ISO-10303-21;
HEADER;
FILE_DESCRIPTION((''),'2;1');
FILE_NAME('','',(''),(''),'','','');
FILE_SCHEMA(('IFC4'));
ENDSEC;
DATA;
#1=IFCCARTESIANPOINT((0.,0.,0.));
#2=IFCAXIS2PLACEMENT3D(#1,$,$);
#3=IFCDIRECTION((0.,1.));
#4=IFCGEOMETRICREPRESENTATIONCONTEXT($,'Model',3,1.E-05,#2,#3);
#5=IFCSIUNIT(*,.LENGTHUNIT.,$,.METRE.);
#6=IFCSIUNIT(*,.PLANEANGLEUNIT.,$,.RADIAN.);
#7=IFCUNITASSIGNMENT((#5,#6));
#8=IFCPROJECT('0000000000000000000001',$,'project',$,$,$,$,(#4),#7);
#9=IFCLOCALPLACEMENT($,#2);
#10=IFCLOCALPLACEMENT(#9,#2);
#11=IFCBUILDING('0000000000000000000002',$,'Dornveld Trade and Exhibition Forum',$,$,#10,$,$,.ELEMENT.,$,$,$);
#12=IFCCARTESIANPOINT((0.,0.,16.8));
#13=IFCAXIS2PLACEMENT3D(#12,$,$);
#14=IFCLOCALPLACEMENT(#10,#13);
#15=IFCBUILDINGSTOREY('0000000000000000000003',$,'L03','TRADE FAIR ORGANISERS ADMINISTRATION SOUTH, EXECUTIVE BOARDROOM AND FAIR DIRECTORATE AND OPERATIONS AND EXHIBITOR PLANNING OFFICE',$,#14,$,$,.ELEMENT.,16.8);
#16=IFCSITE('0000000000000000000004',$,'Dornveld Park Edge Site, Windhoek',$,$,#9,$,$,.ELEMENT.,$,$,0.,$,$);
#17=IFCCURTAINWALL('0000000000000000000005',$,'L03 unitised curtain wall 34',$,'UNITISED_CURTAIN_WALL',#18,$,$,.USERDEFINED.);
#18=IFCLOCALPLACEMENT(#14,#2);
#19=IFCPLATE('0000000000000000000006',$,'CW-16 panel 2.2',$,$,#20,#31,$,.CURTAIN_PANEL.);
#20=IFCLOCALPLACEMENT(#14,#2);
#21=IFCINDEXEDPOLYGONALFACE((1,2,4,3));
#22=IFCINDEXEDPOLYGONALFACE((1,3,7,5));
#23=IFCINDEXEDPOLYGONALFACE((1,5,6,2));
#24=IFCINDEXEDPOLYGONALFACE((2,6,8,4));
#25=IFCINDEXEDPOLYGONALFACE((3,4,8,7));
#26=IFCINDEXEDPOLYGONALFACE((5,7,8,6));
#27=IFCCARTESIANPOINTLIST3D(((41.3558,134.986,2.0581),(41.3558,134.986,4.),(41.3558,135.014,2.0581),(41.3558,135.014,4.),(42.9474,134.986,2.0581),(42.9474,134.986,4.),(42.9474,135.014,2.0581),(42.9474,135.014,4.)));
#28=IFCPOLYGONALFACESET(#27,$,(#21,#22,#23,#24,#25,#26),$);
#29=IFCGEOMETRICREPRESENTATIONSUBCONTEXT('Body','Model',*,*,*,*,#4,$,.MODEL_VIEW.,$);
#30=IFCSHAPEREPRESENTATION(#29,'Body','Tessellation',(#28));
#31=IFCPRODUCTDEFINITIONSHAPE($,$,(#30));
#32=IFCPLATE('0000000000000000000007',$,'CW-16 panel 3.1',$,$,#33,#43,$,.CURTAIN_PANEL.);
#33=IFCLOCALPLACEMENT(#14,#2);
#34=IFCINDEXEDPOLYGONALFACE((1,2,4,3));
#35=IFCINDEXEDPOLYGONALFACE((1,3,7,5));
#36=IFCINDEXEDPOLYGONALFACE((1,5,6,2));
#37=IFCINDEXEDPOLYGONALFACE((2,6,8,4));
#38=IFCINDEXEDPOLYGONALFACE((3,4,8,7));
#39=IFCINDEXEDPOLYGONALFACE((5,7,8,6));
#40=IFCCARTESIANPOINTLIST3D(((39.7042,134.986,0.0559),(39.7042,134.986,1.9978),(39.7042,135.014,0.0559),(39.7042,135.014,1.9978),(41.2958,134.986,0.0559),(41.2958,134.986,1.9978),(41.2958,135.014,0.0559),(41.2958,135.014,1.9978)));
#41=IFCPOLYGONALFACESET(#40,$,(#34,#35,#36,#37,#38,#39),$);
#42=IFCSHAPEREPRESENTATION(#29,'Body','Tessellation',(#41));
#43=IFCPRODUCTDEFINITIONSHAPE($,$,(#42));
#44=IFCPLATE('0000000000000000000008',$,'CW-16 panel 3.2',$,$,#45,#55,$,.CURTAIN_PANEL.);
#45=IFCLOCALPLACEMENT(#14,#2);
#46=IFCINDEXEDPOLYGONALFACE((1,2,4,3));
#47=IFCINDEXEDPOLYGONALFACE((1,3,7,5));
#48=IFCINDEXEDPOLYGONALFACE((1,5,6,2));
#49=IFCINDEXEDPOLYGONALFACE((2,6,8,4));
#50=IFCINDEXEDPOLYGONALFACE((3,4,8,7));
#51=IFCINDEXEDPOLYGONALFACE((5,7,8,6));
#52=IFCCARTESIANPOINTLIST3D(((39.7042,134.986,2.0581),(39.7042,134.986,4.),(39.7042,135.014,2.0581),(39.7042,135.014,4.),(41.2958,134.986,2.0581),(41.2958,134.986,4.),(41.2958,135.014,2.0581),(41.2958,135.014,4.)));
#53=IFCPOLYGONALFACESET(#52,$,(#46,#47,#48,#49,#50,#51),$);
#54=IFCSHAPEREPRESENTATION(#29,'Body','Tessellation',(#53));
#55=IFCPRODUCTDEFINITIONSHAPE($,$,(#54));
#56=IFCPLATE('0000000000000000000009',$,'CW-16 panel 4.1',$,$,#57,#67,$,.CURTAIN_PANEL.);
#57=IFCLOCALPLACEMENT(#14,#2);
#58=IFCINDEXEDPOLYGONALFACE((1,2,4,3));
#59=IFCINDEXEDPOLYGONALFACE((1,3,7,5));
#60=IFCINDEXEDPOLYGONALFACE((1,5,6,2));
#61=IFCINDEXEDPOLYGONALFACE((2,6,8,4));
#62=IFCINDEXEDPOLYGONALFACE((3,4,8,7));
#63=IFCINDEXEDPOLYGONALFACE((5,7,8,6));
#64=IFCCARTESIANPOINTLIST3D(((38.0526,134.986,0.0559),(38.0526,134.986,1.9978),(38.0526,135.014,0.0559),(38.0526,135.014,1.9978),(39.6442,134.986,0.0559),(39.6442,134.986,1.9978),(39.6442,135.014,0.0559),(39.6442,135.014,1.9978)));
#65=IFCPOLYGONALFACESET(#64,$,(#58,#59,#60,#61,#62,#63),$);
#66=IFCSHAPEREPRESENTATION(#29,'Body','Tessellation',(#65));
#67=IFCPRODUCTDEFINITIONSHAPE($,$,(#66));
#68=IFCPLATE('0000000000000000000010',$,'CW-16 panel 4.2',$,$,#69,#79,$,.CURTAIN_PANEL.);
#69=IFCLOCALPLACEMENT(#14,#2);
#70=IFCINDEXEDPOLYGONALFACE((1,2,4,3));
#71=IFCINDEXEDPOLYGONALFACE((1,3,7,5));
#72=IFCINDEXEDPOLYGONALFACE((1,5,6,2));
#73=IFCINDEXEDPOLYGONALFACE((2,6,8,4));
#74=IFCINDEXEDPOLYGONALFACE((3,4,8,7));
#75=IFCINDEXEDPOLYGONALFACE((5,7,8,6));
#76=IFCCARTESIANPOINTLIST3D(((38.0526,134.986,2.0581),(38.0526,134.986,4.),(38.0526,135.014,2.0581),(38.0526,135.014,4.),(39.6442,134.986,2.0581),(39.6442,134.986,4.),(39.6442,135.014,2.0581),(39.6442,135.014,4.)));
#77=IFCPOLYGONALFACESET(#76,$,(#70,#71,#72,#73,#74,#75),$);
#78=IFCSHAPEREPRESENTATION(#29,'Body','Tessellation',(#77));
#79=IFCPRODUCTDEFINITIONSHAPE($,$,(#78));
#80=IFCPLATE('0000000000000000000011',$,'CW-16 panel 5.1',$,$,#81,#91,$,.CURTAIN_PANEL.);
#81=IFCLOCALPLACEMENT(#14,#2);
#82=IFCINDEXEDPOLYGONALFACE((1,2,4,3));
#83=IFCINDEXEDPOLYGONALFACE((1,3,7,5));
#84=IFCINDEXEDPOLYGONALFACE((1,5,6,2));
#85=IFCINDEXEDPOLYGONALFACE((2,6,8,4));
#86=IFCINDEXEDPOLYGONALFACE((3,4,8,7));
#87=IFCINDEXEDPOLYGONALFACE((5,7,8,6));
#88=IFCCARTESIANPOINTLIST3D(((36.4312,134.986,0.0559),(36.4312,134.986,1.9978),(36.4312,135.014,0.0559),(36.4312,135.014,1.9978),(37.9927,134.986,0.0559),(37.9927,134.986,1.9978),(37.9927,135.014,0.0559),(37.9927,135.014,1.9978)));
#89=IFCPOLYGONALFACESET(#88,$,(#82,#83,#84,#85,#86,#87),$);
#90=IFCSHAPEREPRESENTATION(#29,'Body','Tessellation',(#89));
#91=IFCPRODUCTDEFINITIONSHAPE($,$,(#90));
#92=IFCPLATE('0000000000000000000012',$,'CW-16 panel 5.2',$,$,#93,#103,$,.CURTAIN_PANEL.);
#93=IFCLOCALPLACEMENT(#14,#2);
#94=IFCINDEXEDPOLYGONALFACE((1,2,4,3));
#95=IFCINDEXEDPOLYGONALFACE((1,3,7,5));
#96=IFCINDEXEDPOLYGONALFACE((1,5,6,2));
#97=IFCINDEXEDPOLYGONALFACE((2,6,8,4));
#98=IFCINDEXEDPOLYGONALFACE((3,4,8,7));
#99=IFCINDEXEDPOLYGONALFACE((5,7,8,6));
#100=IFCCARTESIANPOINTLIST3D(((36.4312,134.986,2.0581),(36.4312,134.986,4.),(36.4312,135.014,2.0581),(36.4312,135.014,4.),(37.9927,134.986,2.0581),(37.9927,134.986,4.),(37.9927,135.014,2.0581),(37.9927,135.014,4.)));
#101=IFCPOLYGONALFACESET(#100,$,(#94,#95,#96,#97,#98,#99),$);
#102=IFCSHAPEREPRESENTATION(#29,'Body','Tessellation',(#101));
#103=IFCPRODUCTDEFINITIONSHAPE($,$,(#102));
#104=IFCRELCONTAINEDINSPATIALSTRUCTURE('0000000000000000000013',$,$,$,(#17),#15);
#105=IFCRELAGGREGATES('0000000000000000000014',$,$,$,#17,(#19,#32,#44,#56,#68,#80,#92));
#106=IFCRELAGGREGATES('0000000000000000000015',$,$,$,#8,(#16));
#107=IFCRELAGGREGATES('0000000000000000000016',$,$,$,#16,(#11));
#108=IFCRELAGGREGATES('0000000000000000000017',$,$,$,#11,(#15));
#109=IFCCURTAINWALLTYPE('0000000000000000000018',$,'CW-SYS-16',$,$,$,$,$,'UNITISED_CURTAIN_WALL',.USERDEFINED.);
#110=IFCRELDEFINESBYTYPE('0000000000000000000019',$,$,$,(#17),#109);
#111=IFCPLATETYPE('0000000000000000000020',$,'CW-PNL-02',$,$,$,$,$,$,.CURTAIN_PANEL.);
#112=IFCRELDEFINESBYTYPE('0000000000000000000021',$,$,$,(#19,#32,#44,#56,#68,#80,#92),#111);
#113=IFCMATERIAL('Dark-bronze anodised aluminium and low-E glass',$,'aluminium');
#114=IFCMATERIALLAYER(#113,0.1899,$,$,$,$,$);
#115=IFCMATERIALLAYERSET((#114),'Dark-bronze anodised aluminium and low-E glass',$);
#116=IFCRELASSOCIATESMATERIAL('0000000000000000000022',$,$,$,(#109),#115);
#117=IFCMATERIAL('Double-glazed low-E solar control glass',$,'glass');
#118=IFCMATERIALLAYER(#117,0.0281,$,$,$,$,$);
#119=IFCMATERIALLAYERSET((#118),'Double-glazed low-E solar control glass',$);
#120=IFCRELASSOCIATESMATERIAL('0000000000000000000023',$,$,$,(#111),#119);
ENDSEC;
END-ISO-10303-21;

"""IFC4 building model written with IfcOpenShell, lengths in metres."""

from ifc_helpers import new_model, si_unit, direction, frame, origin, origin_2d, place, context, subcontext, project, spatial, rectangle, extrude, material, layer, layer_set, type_object, element, aggregate, save


model = new_model("IFC4")

# Units and contexts
model_context = context("Model", 3, precision=1e-05, world=origin(), true_north=direction((0.0, 1.0)))
body_context = subcontext(model_context, "Body", "Model", "MODEL_VIEW")
ifc_project = project(units=[si_unit("LENGTHUNIT", "METRE"), si_unit("PLANEANGLEUNIT", "RADIAN")], contexts=[model_context])

# Site, building, storey
site_placement = place(None, origin())
site = spatial("IfcSite", under=ifc_project, at=site_placement, Name="Dornveld Park Edge Site, Windhoek", CompositionType="ELEMENT", RefElevation=0.0)
building_placement = place(site_placement, origin())
building = spatial("IfcBuilding", under=site, at=building_placement, Name="Dornveld Trade and Exhibition Forum", CompositionType="ELEMENT")
storey_placement = place(building_placement, frame((0.0, 0.0, 16.8)))
storey = spatial("IfcBuildingStorey", under=building, at=storey_placement, Name="L03", Description="TRADE FAIR ORGANISERS ADMINISTRATION SOUTH, EXECUTIVE BOARDROOM AND FAIR DIRECTORATE AND OPERATIONS AND EXHIBITOR PLANNING OFFICE", CompositionType="ELEMENT", Elevation=16.8)

# Curtain wall
ifc_material_1 = material(Name="Dark-bronze anodised aluminium and low-E glass", Category="aluminium")
ifc_layer_1 = layer(ifc_material_1, 0.1899)
ifc_layer_set_1 = layer_set([ifc_layer_1], Name="Dark-bronze anodised aluminium and low-E glass")
curtain_wall_type_1 = type_object("IfcCurtainWallType", Name="CW-SYS-16", ElementType="UNITISED_CURTAIN_WALL", PredefinedType="USERDEFINED", material=ifc_layer_set_1)
curtain_wall_1_placement = place(storey_placement, origin())
curtain_wall_1 = element("IfcCurtainWall", 1, at=curtain_wall_1_placement, inside=storey, type_object=curtain_wall_type_1, Name="L03 unitised curtain wall 34", ObjectType="UNITISED_CURTAIN_WALL", PredefinedType="USERDEFINED")

# Plates
ifc_material_2 = material(Name="Double-glazed low-E solar control glass", Category="glass")
ifc_layer_2 = layer(ifc_material_2, 0.0281)
ifc_layer_set_2 = layer_set([ifc_layer_2], Name="Double-glazed low-E solar control glass")
plate_type = type_object("IfcPlateType", Name="CW-PNL-02", PredefinedType="CURTAIN_PANEL", material=ifc_layer_set_2)
plate_1_placement = place(storey_placement, frame((42.1516, 135.0, 2.0581), z_axis=(0.0, 0.0, 1.0), x_axis=(-1.0, 0.0, 0.0)))
plate_1 = element("IfcPlate", 2, at=plate_1_placement, type_object=plate_type, Name="CW-16 panel 2.2", PredefinedType="CURTAIN_PANEL", context=body_context, shape_type="SweptSolid", body=[
    extrude(rectangle(XDim=1.5916, YDim=0.0281, at=origin_2d()), origin(), (0.0, 0.0, 1.0), 1.9419),
])
plate_2_placement = place(storey_placement, frame((40.5, 135.0, 0.0559), z_axis=(0.0, 0.0, 1.0), x_axis=(-1.0, 0.0, 0.0)))
plate_2 = element("IfcPlate", 3, at=plate_2_placement, type_object=plate_type, Name="CW-16 panel 3.1", PredefinedType="CURTAIN_PANEL", context=body_context, shape_type="SweptSolid", body=[
    extrude(rectangle(XDim=1.5916, YDim=0.0281, at=origin_2d()), origin(), (0.0, 0.0, 1.0), 1.9419),
])
plate_3_placement = place(storey_placement, frame((40.5, 135.0, 2.0581), z_axis=(0.0, 0.0, 1.0), x_axis=(-1.0, 0.0, 0.0)))
plate_3 = element("IfcPlate", 4, at=plate_3_placement, type_object=plate_type, Name="CW-16 panel 3.2", PredefinedType="CURTAIN_PANEL", context=body_context, shape_type="SweptSolid", body=[
    extrude(rectangle(XDim=1.5916, YDim=0.0281, at=origin_2d()), origin(), (0.0, 0.0, 1.0), 1.9419),
])
plate_4_placement = place(storey_placement, frame((38.8484, 135.0, 0.0559), z_axis=(0.0, 0.0, 1.0), x_axis=(-1.0, 0.0, 0.0)))
plate_4 = element("IfcPlate", 5, at=plate_4_placement, type_object=plate_type, Name="CW-16 panel 4.1", PredefinedType="CURTAIN_PANEL", context=body_context, shape_type="SweptSolid", body=[
    extrude(rectangle(XDim=1.5916, YDim=0.0281, at=origin_2d()), origin(), (0.0, 0.0, 1.0), 1.9419),
])
plate_5_placement = place(storey_placement, frame((38.8484, 135.0, 2.0581), z_axis=(0.0, 0.0, 1.0), x_axis=(-1.0, 0.0, 0.0)))
plate_5 = element("IfcPlate", 6, at=plate_5_placement, type_object=plate_type, Name="CW-16 panel 4.2", PredefinedType="CURTAIN_PANEL", context=body_context, shape_type="SweptSolid", body=[
    extrude(rectangle(XDim=1.5916, YDim=0.0281, at=origin_2d()), origin(), (0.0, 0.0, 1.0), 1.9419),
])
plate_6_placement = place(storey_placement, frame((37.2119, 135.0, 0.0559), z_axis=(0.0, 0.0, 1.0), x_axis=(-1.0, 0.0, 0.0)))
plate_6 = element("IfcPlate", 7, at=plate_6_placement, type_object=plate_type, Name="CW-16 panel 5.1", PredefinedType="CURTAIN_PANEL", context=body_context, shape_type="SweptSolid", body=[
    extrude(rectangle(XDim=1.5615, YDim=0.0281, at=origin_2d()), origin(), (0.0, 0.0, 1.0), 1.9419),
])
plate_7_placement = place(storey_placement, frame((37.2119, 135.0, 2.0581), z_axis=(0.0, 0.0, 1.0), x_axis=(-1.0, 0.0, 0.0)))
plate_7 = element("IfcPlate", 8, at=plate_7_placement, type_object=plate_type, Name="CW-16 panel 5.2", PredefinedType="CURTAIN_PANEL", context=body_context, shape_type="SweptSolid", body=[
    extrude(rectangle(XDim=1.5615, YDim=0.0281, at=origin_2d()), origin(), (0.0, 0.0, 1.0), 1.9419),
])
aggregate(curtain_wall_1, [plate_1, plate_2, plate_3, plate_4, plate_5, plate_6, plate_7])

save(model, "model.ifc")
